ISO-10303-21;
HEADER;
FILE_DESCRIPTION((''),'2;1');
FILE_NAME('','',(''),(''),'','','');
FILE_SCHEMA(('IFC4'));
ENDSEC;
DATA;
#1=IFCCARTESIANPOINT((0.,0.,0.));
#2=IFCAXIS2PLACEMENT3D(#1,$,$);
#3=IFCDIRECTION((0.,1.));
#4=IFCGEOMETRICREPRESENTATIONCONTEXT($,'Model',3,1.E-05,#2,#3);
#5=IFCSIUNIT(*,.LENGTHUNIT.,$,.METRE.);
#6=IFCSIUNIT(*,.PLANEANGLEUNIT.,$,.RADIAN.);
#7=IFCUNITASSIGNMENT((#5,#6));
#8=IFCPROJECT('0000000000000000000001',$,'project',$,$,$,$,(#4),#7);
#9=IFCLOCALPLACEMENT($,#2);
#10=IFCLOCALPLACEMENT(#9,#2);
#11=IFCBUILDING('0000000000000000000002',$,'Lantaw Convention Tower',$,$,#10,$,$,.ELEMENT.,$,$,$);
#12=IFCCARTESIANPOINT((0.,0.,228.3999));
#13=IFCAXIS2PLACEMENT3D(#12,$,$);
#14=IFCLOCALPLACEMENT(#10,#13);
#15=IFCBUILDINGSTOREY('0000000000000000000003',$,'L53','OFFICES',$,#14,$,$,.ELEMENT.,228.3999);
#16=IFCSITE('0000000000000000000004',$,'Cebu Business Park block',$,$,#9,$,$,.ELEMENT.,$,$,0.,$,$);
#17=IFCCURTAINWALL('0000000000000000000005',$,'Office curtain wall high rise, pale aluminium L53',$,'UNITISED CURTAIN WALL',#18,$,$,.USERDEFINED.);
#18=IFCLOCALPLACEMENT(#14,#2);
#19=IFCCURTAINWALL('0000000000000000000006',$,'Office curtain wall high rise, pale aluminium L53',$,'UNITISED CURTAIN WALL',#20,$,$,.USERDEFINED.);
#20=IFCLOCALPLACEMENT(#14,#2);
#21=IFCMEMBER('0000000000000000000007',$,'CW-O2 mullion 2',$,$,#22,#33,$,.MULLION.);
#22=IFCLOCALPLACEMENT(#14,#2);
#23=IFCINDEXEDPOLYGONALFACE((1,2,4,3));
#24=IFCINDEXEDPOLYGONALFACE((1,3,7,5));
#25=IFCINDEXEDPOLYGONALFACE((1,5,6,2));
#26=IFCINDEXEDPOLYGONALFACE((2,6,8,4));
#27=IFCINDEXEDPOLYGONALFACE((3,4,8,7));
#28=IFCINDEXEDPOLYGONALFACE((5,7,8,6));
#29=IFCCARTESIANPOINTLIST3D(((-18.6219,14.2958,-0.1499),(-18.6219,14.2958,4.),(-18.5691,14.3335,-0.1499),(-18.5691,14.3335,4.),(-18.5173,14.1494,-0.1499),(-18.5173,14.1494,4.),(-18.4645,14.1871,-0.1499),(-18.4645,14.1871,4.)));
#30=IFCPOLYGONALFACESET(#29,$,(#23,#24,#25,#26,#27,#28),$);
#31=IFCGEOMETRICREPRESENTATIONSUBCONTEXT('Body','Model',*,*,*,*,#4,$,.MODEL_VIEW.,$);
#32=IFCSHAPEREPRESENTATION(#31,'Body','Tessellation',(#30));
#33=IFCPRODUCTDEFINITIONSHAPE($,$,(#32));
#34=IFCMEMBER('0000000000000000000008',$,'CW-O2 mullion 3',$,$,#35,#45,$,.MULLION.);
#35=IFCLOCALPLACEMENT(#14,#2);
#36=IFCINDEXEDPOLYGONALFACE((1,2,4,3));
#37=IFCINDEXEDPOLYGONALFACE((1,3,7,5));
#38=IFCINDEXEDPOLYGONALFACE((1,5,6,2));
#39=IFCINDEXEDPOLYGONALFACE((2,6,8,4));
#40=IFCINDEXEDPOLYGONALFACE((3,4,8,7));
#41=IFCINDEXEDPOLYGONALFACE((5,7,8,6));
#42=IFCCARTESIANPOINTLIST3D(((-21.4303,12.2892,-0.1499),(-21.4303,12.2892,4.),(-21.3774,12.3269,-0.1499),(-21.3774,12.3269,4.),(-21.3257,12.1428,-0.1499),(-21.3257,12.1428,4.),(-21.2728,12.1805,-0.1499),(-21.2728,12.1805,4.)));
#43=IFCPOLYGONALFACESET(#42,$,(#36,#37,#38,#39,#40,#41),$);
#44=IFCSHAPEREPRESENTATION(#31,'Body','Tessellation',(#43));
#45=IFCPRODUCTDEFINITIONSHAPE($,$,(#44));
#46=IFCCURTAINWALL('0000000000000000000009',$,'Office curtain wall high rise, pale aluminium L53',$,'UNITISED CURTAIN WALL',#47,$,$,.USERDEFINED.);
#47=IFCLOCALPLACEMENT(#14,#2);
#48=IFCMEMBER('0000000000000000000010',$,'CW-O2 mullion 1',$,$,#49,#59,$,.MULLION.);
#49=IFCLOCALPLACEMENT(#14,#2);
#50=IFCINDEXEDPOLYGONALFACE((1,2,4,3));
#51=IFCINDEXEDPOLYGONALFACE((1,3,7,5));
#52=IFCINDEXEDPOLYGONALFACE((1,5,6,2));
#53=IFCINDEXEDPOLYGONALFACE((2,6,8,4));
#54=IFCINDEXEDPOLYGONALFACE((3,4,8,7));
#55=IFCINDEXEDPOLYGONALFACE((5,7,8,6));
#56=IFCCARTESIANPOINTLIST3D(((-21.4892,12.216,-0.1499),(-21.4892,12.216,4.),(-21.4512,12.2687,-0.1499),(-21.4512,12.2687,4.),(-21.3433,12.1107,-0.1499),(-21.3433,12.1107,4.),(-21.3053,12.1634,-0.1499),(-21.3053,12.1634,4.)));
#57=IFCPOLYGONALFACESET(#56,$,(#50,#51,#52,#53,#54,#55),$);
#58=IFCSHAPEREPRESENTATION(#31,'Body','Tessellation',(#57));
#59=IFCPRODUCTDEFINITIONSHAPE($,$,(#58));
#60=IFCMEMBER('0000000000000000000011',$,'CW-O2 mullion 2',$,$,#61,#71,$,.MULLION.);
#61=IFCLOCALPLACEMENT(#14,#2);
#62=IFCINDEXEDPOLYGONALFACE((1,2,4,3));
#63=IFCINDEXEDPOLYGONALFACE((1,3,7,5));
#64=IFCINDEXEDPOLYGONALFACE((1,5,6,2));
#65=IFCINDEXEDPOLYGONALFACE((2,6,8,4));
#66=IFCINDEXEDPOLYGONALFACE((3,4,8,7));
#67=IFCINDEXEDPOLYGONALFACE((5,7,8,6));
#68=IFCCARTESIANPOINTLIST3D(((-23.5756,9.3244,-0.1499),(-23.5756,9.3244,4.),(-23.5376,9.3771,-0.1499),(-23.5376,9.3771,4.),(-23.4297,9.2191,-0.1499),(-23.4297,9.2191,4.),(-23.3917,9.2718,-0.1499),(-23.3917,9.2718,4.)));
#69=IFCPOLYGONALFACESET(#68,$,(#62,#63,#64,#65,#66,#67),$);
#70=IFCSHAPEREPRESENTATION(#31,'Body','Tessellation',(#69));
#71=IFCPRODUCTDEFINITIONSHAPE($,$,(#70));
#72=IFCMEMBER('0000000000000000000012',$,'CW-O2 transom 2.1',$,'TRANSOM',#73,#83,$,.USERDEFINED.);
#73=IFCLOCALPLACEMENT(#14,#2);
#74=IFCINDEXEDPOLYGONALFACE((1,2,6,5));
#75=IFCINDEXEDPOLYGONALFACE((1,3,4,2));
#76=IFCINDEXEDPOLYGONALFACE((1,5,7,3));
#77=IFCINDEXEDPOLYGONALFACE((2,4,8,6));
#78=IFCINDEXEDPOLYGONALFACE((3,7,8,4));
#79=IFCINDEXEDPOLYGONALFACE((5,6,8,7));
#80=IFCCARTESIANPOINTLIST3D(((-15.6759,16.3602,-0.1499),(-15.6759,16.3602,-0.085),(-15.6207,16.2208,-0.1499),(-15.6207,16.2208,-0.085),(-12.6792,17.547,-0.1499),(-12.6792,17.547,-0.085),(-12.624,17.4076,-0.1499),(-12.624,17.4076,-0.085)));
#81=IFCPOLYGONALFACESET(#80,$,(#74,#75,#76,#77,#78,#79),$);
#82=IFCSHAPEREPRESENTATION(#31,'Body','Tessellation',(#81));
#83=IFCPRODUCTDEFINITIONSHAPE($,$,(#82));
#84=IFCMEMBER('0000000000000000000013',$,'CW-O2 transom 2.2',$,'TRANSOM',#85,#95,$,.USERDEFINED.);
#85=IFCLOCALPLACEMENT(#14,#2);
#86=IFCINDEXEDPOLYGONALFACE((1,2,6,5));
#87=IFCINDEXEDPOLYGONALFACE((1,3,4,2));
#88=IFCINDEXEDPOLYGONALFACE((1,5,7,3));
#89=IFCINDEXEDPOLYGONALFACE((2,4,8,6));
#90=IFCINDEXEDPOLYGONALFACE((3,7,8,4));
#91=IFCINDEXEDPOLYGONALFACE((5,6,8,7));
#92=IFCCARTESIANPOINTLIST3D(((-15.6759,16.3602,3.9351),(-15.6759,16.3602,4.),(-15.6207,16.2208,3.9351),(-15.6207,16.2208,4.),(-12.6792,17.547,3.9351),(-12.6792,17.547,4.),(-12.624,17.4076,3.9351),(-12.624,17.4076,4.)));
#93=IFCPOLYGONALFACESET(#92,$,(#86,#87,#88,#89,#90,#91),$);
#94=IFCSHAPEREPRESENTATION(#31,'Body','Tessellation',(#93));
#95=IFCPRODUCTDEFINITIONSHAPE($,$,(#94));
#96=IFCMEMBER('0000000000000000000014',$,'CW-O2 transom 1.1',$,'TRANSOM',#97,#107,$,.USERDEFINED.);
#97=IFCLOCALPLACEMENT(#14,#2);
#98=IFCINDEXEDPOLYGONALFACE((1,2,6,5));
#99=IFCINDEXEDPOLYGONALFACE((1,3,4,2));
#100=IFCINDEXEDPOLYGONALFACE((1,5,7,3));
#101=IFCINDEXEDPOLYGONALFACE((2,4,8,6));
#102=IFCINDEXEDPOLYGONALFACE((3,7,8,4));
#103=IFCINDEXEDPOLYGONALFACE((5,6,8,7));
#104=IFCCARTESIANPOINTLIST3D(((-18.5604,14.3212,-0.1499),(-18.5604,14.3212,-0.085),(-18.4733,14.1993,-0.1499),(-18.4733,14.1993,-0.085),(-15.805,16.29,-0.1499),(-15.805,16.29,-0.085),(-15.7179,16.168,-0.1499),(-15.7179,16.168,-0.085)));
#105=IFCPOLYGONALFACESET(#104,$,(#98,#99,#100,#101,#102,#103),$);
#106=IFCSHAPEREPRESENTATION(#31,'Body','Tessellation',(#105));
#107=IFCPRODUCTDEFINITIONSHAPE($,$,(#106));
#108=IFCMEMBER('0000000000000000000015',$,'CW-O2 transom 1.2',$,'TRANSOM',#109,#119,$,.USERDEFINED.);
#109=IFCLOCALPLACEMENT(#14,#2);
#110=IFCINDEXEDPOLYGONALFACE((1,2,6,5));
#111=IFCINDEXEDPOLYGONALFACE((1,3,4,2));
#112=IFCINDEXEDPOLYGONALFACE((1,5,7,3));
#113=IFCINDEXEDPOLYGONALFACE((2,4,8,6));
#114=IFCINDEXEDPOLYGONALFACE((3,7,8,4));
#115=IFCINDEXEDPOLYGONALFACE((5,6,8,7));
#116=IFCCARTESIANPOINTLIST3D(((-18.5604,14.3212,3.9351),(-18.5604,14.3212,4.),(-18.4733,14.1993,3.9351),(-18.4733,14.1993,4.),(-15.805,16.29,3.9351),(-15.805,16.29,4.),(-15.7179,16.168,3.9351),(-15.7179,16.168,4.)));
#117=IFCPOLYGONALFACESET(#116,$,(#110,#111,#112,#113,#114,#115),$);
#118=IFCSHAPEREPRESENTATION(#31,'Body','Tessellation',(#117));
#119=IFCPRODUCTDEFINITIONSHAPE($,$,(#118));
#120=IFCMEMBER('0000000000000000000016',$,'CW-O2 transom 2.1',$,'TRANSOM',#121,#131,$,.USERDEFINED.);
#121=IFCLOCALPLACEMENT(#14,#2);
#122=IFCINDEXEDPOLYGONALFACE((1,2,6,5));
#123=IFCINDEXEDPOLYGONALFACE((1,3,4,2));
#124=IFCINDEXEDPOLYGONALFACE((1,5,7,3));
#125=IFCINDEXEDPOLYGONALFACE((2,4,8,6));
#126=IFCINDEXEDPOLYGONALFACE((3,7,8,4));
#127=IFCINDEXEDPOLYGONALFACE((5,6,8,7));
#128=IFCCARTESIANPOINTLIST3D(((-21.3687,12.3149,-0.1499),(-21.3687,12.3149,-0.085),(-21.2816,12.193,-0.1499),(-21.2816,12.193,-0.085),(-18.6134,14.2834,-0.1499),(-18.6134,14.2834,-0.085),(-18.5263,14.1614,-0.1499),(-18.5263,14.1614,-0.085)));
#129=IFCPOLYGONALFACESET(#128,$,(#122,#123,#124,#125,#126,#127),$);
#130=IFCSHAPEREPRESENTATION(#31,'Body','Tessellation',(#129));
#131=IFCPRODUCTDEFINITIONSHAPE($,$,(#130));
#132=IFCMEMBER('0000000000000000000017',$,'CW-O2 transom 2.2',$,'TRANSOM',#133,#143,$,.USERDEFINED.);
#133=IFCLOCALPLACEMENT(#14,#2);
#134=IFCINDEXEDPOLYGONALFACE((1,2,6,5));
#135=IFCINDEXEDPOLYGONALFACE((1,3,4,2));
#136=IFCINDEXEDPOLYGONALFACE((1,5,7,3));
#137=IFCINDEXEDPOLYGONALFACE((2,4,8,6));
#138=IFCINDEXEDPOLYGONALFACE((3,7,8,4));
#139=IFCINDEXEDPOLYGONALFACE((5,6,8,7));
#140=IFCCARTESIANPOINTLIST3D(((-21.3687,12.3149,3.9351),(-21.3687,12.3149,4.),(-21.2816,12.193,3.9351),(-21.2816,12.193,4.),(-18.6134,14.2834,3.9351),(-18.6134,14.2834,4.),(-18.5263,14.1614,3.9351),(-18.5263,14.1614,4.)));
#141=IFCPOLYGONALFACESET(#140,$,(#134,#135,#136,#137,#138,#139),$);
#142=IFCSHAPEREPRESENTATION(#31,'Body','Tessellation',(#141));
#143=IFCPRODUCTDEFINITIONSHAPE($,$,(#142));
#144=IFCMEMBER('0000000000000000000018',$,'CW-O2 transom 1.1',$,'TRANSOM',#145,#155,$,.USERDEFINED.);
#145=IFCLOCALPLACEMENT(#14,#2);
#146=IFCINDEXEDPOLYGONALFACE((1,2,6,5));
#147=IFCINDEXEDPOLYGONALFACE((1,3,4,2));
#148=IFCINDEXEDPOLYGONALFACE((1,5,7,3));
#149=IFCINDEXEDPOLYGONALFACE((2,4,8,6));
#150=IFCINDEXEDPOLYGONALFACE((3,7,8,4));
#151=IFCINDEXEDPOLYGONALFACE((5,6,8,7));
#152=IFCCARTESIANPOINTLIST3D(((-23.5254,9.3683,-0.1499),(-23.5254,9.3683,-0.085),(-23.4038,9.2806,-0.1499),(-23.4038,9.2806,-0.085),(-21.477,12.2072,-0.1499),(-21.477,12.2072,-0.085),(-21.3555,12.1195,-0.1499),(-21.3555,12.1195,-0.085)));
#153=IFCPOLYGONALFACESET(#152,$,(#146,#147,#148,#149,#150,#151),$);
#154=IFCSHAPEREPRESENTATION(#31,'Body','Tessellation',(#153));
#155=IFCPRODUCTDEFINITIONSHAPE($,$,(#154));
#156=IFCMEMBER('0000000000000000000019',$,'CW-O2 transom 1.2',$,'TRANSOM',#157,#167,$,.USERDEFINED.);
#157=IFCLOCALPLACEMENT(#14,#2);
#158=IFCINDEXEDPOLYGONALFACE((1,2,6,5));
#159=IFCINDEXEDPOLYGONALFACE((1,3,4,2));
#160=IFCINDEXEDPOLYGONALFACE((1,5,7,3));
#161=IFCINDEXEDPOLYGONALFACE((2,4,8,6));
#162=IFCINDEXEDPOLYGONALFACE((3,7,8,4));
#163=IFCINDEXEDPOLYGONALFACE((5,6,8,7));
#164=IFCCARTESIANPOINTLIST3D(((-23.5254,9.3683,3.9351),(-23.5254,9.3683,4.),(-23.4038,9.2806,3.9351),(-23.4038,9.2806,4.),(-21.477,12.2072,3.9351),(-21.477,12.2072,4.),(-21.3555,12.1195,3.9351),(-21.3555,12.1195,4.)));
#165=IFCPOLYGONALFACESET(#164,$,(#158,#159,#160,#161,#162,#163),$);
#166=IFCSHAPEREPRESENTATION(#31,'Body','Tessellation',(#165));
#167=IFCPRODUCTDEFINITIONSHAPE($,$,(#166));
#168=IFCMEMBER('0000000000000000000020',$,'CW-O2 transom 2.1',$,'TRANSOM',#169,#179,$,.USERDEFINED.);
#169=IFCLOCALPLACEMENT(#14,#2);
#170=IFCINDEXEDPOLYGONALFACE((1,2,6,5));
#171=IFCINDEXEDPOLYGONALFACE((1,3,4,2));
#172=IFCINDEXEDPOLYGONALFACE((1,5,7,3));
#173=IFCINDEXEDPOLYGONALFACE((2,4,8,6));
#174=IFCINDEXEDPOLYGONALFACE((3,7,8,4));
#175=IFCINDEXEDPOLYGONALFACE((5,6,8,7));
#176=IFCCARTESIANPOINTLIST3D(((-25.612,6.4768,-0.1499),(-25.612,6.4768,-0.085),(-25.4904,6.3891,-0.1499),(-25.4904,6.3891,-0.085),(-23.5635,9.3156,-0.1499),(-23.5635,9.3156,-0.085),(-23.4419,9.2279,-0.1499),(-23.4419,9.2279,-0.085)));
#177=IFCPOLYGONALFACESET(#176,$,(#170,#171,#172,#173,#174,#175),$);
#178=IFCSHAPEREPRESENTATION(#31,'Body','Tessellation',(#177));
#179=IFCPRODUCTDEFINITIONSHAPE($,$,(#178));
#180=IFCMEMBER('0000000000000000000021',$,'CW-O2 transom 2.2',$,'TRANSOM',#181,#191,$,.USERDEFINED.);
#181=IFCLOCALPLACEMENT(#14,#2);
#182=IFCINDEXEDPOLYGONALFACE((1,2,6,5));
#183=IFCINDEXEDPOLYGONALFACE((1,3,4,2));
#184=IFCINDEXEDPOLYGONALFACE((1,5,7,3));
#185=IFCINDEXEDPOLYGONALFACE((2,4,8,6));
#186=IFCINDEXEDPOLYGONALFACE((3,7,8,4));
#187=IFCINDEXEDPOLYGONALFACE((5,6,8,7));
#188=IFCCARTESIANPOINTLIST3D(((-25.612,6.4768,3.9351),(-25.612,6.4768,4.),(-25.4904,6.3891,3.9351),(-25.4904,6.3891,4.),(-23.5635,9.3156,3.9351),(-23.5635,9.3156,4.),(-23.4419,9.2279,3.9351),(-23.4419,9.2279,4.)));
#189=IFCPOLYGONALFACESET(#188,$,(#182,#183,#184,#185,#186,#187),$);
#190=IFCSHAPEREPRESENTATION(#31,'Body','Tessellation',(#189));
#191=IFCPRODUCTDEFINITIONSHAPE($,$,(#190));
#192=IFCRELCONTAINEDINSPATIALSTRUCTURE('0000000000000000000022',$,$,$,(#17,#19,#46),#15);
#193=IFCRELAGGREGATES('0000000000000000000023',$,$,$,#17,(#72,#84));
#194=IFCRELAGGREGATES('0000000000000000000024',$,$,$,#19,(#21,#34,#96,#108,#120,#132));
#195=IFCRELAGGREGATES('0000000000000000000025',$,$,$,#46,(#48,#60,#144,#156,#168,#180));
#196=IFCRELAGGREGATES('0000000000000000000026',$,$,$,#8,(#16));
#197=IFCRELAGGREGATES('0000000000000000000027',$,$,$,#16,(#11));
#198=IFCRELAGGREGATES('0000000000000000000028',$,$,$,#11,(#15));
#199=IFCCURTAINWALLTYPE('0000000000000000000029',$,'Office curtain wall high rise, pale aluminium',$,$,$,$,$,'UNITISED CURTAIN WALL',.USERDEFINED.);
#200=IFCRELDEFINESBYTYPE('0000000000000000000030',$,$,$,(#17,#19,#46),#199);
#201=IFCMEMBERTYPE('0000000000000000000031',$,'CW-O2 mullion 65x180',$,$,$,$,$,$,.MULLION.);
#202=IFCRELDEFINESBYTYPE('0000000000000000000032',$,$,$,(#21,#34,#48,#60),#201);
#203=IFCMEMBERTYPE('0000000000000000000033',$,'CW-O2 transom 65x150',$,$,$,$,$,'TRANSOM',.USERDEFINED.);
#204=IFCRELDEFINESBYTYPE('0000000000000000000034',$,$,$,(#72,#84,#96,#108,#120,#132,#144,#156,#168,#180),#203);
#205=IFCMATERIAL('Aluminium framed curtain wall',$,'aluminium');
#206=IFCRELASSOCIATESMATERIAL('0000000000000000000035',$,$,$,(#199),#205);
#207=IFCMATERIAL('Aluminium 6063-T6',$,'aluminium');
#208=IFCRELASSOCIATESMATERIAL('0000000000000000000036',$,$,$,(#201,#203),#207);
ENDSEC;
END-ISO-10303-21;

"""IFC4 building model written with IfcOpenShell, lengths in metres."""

from ifc_helpers import new_model, si_unit, direction, frame, origin, origin_2d, place, context, subcontext, project, spatial, rectangle, extrude, material, material_profile, profile_set, type_object, element, aggregate, save


model = new_model("IFC4")

# Units and contexts
model_context = context("Model", 3, precision=1e-05, world=origin(), true_north=direction((0.0, 1.0)))
body_context = subcontext(model_context, "Body", "Model", "MODEL_VIEW")
ifc_project = project(units=[si_unit("LENGTHUNIT", "METRE"), si_unit("PLANEANGLEUNIT", "RADIAN")], contexts=[model_context])

# Site, building, storey
site_placement = place(None, origin())
site = spatial("IfcSite", under=ifc_project, at=site_placement, Name="Cebu Business Park block", CompositionType="ELEMENT", RefElevation=0.0)
building_placement = place(site_placement, origin())
building = spatial("IfcBuilding", under=site, at=building_placement, Name="Lantaw Convention Tower", CompositionType="ELEMENT")
storey_placement = place(building_placement, frame((0.0, 0.0, 228.3999)))
storey = spatial("IfcBuildingStorey", under=building, at=storey_placement, Name="L53", Description="OFFICES", CompositionType="ELEMENT", Elevation=228.3999)

# Curtain walls, members
ifc_material_1 = material(Name="Aluminium framed curtain wall", Category="aluminium")
curtain_wall_type = type_object("IfcCurtainWallType", Name="Office curtain wall high rise, pale aluminium", ElementType="UNITISED CURTAIN WALL", PredefinedType="USERDEFINED", material=ifc_material_1)
curtain_wall_1_placement = place(storey_placement, origin())
curtain_wall_1 = element("IfcCurtainWall", 1, at=curtain_wall_1_placement, inside=storey, type_object=curtain_wall_type, Name="Office curtain wall high rise, pale aluminium L53", ObjectType="UNITISED CURTAIN WALL", PredefinedType="USERDEFINED")
ifc_material_2 = material(Name="Aluminium 6063-T6", Category="aluminium")
ifc_material_profile_1 = material_profile(ifc_material_2, rectangle(XDim=0.1799, YDim=0.0649, at=origin_2d()), Name="CW-O2 mullion 65x180")
ifc_profile_set_1 = profile_set([ifc_material_profile_1], Name="Aluminium 6063-T6")
member_type_1 = type_object("IfcMemberType", Name="CW-O2 mullion 65x180", PredefinedType="MULLION", material=ifc_profile_set_1)
curtain_wall_2_placement = place(storey_placement, origin())
curtain_wall_2 = element("IfcCurtainWall", 2, at=curtain_wall_2_placement, inside=storey, type_object=curtain_wall_type, Name="Office curtain wall high rise, pale aluminium L53", ObjectType="UNITISED CURTAIN WALL", PredefinedType="USERDEFINED")
member_1_placement = place(storey_placement, frame((-18.5432, 14.2415, -0.1499), z_axis=(0.0, 0.0, 1.0), x_axis=(0.581323, -0.813673, 0.0)))
member_1 = element("IfcMember", 3, at=member_1_placement, type_object=member_type_1, Name="CW-O2 mullion 2", PredefinedType="MULLION", context=body_context, shape_type="SweptSolid", body=[
    extrude(rectangle(XDim=0.1799, YDim=0.0649, at=origin_2d()), origin(), (0.0, 0.0, 1.0), 4.1499),
])
member_2_placement = place(storey_placement, frame((-21.3516, 12.2349, -0.1499), z_axis=(0.0, 0.0, 1.0), x_axis=(0.581323, -0.813673, 0.0)))
member_2 = element("IfcMember", 4, at=member_2_placement, type_object=member_type_1, Name="CW-O2 mullion 3", PredefinedType="MULLION", context=body_context, shape_type="SweptSolid", body=[
    extrude(rectangle(XDim=0.1799, YDim=0.0649, at=origin_2d()), origin(), (0.0, 0.0, 1.0), 4.1499),
])
curtain_wall_3_placement = place(storey_placement, origin())
curtain_wall_3 = element("IfcCurtainWall", 5, at=curtain_wall_3_placement, inside=storey, type_object=curtain_wall_type, Name="Office curtain wall high rise, pale aluminium L53", ObjectType="UNITISED CURTAIN WALL", PredefinedType="USERDEFINED")
member_3_placement = place(storey_placement, frame((-21.3972, 12.1897, -0.1499), z_axis=(0.0, 0.0, 1.0), x_axis=(0.81092, -0.585158, 0.0)))
member_3 = element("IfcMember", 6, at=member_3_placement, type_object=member_type_1, Name="CW-O2 mullion 1", PredefinedType="MULLION", context=body_context, shape_type="SweptSolid", body=[
    extrude(rectangle(XDim=0.1799, YDim=0.0649, at=origin_2d()), origin(), (0.0, 0.0, 1.0), 4.1499),
])
member_4_placement = place(storey_placement, frame((-23.4836, 9.2981, -0.1499), z_axis=(0.0, 0.0, 1.0), x_axis=(0.81092, -0.585158, 0.0)))
member_4 = element("IfcMember", 7, at=member_4_placement, type_object=member_type_1, Name="CW-O2 mullion 2", PredefinedType="MULLION", context=body_context, shape_type="SweptSolid", body=[
    extrude(rectangle(XDim=0.1799, YDim=0.0649, at=origin_2d()), origin(), (0.0, 0.0, 1.0), 4.1499),
])

# Members
ifc_material_profile_2 = material_profile(ifc_material_2, rectangle(XDim=0.1499, YDim=0.0649, at=origin_2d()), Name="CW-O2 transom 65x150")
ifc_profile_set_2 = profile_set([ifc_material_profile_2], Name="Aluminium 6063-T6")
member_type_2 = type_object("IfcMemberType", Name="CW-O2 transom 65x150", ElementType="TRANSOM", PredefinedType="USERDEFINED", material=ifc_profile_set_2)
member_5_placement = place(storey_placement, frame((-12.6516, 17.4773, -0.1174), z_axis=(-0.929741, -0.368215, 0.0), x_axis=(0.368215, -0.929741, 0.0)))
member_5 = element("IfcMember", 8, at=member_5_placement, type_object=member_type_2, Name="CW-O2 transom 2.1", ObjectType="TRANSOM", PredefinedType="USERDEFINED", context=body_context, shape_type="SweptSolid", body=[
    extrude(rectangle(XDim=0.1499, YDim=0.0649, at=origin_2d()), origin(), (0.0, 0.0, 1.0), 3.2231),
])
member_6_placement = place(storey_placement, frame((-12.6516, 17.4773, 3.9675), z_axis=(-0.929741, -0.368215, 0.0), x_axis=(0.368215, -0.929741, 0.0)))
member_6 = element("IfcMember", 9, at=member_6_placement, type_object=member_type_2, Name="CW-O2 transom 2.2", ObjectType="TRANSOM", PredefinedType="USERDEFINED", context=body_context, shape_type="SweptSolid", body=[
    extrude(rectangle(XDim=0.1499, YDim=0.0649, at=origin_2d()), origin(), (0.0, 0.0, 1.0), 3.2231),
])
member_7_placement = place(storey_placement, frame((-15.7615, 16.229, -0.1174), z_axis=(-0.813646, -0.581361, 0.0), x_axis=(0.581361, -0.813646, 0.0)))
member_7 = element("IfcMember", 10, at=member_7_placement, type_object=member_type_2, Name="CW-O2 transom 1.1", ObjectType="TRANSOM", PredefinedType="USERDEFINED", context=body_context, shape_type="SweptSolid", body=[
    extrude(rectangle(XDim=0.1499, YDim=0.0649, at=origin_2d()), origin(), (0.0, 0.0, 1.0), 3.3865),
])
member_8_placement = place(storey_placement, frame((-15.7615, 16.229, 3.9675), z_axis=(-0.813646, -0.581361, 0.0), x_axis=(0.581361, -0.813646, 0.0)))
member_8 = element("IfcMember", 11, at=member_8_placement, type_object=member_type_2, Name="CW-O2 transom 1.2", ObjectType="TRANSOM", PredefinedType="USERDEFINED", context=body_context, shape_type="SweptSolid", body=[
    extrude(rectangle(XDim=0.1499, YDim=0.0649, at=origin_2d()), origin(), (0.0, 0.0, 1.0), 3.3865),
])
member_9_placement = place(storey_placement, frame((-18.5698, 14.2224, -0.1174), z_axis=(-0.81368, -0.581313, 0.0), x_axis=(0.581313, -0.81368, 0.0)))
member_9 = element("IfcMember", 12, at=member_9_placement, type_object=member_type_2, Name="CW-O2 transom 2.1", ObjectType="TRANSOM", PredefinedType="USERDEFINED", context=body_context, shape_type="SweptSolid", body=[
    extrude(rectangle(XDim=0.1499, YDim=0.0649, at=origin_2d()), origin(), (0.0, 0.0, 1.0), 3.3862),
])
member_10_placement = place(storey_placement, frame((-18.5698, 14.2224, 3.9675), z_axis=(-0.81368, -0.581313, 0.0), x_axis=(0.581313, -0.81368, 0.0)))
member_10 = element("IfcMember", 13, at=member_10_placement, type_object=member_type_2, Name="CW-O2 transom 2.2", ObjectType="TRANSOM", PredefinedType="USERDEFINED", context=body_context, shape_type="SweptSolid", body=[
    extrude(rectangle(XDim=0.1499, YDim=0.0649, at=origin_2d()), origin(), (0.0, 0.0, 1.0), 3.3862),
])
member_11_placement = place(storey_placement, frame((-21.4163, 12.1633, -0.1174), z_axis=(-0.585124, -0.810944, 0.0), x_axis=(0.810944, -0.585124, 0.0)))
member_11 = element("IfcMember", 14, at=member_11_placement, type_object=member_type_2, Name="CW-O2 transom 1.1", ObjectType="TRANSOM", PredefinedType="USERDEFINED", context=body_context, shape_type="SweptSolid", body=[
    extrude(rectangle(XDim=0.1499, YDim=0.0649, at=origin_2d()), origin(), (0.0, 0.0, 1.0), 3.5007),
])
member_12_placement = place(storey_placement, frame((-21.4163, 12.1633, 3.9675), z_axis=(-0.585124, -0.810944, 0.0), x_axis=(0.810944, -0.585124, 0.0)))
member_12 = element("IfcMember", 15, at=member_12_placement, type_object=member_type_2, Name="CW-O2 transom 1.2", ObjectType="TRANSOM", PredefinedType="USERDEFINED", context=body_context, shape_type="SweptSolid", body=[
    extrude(rectangle(XDim=0.1499, YDim=0.0649, at=origin_2d()), origin(), (0.0, 0.0, 1.0), 3.5007),
])
member_13_placement = place(storey_placement, frame((-23.5027, 9.2717, -0.1174), z_axis=(-0.58517, -0.810911, 0.0), x_axis=(0.810911, -0.58517, 0.0)))
member_13 = element("IfcMember", 16, at=member_13_placement, type_object=member_type_2, Name="CW-O2 transom 2.1", ObjectType="TRANSOM", PredefinedType="USERDEFINED", context=body_context, shape_type="SweptSolid", body=[
    extrude(rectangle(XDim=0.1499, YDim=0.0649, at=origin_2d()), origin(), (0.0, 0.0, 1.0), 3.5007),
])
member_14_placement = place(storey_placement, frame((-23.5027, 9.2717, 3.9675), z_axis=(-0.58517, -0.810911, 0.0), x_axis=(0.810911, -0.58517, 0.0)))
member_14 = element("IfcMember", 17, at=member_14_placement, type_object=member_type_2, Name="CW-O2 transom 2.2", ObjectType="TRANSOM", PredefinedType="USERDEFINED", context=body_context, shape_type="SweptSolid", body=[
    extrude(rectangle(XDim=0.1499, YDim=0.0649, at=origin_2d()), origin(), (0.0, 0.0, 1.0), 3.5007),
])

aggregate(curtain_wall_1, [member_5, member_6])
aggregate(curtain_wall_2, [member_1, member_2, member_7, member_8, member_9, member_10])
aggregate(curtain_wall_3, [member_3, member_4, member_11, member_12, member_13, member_14])

save(model, "model.ifc")
